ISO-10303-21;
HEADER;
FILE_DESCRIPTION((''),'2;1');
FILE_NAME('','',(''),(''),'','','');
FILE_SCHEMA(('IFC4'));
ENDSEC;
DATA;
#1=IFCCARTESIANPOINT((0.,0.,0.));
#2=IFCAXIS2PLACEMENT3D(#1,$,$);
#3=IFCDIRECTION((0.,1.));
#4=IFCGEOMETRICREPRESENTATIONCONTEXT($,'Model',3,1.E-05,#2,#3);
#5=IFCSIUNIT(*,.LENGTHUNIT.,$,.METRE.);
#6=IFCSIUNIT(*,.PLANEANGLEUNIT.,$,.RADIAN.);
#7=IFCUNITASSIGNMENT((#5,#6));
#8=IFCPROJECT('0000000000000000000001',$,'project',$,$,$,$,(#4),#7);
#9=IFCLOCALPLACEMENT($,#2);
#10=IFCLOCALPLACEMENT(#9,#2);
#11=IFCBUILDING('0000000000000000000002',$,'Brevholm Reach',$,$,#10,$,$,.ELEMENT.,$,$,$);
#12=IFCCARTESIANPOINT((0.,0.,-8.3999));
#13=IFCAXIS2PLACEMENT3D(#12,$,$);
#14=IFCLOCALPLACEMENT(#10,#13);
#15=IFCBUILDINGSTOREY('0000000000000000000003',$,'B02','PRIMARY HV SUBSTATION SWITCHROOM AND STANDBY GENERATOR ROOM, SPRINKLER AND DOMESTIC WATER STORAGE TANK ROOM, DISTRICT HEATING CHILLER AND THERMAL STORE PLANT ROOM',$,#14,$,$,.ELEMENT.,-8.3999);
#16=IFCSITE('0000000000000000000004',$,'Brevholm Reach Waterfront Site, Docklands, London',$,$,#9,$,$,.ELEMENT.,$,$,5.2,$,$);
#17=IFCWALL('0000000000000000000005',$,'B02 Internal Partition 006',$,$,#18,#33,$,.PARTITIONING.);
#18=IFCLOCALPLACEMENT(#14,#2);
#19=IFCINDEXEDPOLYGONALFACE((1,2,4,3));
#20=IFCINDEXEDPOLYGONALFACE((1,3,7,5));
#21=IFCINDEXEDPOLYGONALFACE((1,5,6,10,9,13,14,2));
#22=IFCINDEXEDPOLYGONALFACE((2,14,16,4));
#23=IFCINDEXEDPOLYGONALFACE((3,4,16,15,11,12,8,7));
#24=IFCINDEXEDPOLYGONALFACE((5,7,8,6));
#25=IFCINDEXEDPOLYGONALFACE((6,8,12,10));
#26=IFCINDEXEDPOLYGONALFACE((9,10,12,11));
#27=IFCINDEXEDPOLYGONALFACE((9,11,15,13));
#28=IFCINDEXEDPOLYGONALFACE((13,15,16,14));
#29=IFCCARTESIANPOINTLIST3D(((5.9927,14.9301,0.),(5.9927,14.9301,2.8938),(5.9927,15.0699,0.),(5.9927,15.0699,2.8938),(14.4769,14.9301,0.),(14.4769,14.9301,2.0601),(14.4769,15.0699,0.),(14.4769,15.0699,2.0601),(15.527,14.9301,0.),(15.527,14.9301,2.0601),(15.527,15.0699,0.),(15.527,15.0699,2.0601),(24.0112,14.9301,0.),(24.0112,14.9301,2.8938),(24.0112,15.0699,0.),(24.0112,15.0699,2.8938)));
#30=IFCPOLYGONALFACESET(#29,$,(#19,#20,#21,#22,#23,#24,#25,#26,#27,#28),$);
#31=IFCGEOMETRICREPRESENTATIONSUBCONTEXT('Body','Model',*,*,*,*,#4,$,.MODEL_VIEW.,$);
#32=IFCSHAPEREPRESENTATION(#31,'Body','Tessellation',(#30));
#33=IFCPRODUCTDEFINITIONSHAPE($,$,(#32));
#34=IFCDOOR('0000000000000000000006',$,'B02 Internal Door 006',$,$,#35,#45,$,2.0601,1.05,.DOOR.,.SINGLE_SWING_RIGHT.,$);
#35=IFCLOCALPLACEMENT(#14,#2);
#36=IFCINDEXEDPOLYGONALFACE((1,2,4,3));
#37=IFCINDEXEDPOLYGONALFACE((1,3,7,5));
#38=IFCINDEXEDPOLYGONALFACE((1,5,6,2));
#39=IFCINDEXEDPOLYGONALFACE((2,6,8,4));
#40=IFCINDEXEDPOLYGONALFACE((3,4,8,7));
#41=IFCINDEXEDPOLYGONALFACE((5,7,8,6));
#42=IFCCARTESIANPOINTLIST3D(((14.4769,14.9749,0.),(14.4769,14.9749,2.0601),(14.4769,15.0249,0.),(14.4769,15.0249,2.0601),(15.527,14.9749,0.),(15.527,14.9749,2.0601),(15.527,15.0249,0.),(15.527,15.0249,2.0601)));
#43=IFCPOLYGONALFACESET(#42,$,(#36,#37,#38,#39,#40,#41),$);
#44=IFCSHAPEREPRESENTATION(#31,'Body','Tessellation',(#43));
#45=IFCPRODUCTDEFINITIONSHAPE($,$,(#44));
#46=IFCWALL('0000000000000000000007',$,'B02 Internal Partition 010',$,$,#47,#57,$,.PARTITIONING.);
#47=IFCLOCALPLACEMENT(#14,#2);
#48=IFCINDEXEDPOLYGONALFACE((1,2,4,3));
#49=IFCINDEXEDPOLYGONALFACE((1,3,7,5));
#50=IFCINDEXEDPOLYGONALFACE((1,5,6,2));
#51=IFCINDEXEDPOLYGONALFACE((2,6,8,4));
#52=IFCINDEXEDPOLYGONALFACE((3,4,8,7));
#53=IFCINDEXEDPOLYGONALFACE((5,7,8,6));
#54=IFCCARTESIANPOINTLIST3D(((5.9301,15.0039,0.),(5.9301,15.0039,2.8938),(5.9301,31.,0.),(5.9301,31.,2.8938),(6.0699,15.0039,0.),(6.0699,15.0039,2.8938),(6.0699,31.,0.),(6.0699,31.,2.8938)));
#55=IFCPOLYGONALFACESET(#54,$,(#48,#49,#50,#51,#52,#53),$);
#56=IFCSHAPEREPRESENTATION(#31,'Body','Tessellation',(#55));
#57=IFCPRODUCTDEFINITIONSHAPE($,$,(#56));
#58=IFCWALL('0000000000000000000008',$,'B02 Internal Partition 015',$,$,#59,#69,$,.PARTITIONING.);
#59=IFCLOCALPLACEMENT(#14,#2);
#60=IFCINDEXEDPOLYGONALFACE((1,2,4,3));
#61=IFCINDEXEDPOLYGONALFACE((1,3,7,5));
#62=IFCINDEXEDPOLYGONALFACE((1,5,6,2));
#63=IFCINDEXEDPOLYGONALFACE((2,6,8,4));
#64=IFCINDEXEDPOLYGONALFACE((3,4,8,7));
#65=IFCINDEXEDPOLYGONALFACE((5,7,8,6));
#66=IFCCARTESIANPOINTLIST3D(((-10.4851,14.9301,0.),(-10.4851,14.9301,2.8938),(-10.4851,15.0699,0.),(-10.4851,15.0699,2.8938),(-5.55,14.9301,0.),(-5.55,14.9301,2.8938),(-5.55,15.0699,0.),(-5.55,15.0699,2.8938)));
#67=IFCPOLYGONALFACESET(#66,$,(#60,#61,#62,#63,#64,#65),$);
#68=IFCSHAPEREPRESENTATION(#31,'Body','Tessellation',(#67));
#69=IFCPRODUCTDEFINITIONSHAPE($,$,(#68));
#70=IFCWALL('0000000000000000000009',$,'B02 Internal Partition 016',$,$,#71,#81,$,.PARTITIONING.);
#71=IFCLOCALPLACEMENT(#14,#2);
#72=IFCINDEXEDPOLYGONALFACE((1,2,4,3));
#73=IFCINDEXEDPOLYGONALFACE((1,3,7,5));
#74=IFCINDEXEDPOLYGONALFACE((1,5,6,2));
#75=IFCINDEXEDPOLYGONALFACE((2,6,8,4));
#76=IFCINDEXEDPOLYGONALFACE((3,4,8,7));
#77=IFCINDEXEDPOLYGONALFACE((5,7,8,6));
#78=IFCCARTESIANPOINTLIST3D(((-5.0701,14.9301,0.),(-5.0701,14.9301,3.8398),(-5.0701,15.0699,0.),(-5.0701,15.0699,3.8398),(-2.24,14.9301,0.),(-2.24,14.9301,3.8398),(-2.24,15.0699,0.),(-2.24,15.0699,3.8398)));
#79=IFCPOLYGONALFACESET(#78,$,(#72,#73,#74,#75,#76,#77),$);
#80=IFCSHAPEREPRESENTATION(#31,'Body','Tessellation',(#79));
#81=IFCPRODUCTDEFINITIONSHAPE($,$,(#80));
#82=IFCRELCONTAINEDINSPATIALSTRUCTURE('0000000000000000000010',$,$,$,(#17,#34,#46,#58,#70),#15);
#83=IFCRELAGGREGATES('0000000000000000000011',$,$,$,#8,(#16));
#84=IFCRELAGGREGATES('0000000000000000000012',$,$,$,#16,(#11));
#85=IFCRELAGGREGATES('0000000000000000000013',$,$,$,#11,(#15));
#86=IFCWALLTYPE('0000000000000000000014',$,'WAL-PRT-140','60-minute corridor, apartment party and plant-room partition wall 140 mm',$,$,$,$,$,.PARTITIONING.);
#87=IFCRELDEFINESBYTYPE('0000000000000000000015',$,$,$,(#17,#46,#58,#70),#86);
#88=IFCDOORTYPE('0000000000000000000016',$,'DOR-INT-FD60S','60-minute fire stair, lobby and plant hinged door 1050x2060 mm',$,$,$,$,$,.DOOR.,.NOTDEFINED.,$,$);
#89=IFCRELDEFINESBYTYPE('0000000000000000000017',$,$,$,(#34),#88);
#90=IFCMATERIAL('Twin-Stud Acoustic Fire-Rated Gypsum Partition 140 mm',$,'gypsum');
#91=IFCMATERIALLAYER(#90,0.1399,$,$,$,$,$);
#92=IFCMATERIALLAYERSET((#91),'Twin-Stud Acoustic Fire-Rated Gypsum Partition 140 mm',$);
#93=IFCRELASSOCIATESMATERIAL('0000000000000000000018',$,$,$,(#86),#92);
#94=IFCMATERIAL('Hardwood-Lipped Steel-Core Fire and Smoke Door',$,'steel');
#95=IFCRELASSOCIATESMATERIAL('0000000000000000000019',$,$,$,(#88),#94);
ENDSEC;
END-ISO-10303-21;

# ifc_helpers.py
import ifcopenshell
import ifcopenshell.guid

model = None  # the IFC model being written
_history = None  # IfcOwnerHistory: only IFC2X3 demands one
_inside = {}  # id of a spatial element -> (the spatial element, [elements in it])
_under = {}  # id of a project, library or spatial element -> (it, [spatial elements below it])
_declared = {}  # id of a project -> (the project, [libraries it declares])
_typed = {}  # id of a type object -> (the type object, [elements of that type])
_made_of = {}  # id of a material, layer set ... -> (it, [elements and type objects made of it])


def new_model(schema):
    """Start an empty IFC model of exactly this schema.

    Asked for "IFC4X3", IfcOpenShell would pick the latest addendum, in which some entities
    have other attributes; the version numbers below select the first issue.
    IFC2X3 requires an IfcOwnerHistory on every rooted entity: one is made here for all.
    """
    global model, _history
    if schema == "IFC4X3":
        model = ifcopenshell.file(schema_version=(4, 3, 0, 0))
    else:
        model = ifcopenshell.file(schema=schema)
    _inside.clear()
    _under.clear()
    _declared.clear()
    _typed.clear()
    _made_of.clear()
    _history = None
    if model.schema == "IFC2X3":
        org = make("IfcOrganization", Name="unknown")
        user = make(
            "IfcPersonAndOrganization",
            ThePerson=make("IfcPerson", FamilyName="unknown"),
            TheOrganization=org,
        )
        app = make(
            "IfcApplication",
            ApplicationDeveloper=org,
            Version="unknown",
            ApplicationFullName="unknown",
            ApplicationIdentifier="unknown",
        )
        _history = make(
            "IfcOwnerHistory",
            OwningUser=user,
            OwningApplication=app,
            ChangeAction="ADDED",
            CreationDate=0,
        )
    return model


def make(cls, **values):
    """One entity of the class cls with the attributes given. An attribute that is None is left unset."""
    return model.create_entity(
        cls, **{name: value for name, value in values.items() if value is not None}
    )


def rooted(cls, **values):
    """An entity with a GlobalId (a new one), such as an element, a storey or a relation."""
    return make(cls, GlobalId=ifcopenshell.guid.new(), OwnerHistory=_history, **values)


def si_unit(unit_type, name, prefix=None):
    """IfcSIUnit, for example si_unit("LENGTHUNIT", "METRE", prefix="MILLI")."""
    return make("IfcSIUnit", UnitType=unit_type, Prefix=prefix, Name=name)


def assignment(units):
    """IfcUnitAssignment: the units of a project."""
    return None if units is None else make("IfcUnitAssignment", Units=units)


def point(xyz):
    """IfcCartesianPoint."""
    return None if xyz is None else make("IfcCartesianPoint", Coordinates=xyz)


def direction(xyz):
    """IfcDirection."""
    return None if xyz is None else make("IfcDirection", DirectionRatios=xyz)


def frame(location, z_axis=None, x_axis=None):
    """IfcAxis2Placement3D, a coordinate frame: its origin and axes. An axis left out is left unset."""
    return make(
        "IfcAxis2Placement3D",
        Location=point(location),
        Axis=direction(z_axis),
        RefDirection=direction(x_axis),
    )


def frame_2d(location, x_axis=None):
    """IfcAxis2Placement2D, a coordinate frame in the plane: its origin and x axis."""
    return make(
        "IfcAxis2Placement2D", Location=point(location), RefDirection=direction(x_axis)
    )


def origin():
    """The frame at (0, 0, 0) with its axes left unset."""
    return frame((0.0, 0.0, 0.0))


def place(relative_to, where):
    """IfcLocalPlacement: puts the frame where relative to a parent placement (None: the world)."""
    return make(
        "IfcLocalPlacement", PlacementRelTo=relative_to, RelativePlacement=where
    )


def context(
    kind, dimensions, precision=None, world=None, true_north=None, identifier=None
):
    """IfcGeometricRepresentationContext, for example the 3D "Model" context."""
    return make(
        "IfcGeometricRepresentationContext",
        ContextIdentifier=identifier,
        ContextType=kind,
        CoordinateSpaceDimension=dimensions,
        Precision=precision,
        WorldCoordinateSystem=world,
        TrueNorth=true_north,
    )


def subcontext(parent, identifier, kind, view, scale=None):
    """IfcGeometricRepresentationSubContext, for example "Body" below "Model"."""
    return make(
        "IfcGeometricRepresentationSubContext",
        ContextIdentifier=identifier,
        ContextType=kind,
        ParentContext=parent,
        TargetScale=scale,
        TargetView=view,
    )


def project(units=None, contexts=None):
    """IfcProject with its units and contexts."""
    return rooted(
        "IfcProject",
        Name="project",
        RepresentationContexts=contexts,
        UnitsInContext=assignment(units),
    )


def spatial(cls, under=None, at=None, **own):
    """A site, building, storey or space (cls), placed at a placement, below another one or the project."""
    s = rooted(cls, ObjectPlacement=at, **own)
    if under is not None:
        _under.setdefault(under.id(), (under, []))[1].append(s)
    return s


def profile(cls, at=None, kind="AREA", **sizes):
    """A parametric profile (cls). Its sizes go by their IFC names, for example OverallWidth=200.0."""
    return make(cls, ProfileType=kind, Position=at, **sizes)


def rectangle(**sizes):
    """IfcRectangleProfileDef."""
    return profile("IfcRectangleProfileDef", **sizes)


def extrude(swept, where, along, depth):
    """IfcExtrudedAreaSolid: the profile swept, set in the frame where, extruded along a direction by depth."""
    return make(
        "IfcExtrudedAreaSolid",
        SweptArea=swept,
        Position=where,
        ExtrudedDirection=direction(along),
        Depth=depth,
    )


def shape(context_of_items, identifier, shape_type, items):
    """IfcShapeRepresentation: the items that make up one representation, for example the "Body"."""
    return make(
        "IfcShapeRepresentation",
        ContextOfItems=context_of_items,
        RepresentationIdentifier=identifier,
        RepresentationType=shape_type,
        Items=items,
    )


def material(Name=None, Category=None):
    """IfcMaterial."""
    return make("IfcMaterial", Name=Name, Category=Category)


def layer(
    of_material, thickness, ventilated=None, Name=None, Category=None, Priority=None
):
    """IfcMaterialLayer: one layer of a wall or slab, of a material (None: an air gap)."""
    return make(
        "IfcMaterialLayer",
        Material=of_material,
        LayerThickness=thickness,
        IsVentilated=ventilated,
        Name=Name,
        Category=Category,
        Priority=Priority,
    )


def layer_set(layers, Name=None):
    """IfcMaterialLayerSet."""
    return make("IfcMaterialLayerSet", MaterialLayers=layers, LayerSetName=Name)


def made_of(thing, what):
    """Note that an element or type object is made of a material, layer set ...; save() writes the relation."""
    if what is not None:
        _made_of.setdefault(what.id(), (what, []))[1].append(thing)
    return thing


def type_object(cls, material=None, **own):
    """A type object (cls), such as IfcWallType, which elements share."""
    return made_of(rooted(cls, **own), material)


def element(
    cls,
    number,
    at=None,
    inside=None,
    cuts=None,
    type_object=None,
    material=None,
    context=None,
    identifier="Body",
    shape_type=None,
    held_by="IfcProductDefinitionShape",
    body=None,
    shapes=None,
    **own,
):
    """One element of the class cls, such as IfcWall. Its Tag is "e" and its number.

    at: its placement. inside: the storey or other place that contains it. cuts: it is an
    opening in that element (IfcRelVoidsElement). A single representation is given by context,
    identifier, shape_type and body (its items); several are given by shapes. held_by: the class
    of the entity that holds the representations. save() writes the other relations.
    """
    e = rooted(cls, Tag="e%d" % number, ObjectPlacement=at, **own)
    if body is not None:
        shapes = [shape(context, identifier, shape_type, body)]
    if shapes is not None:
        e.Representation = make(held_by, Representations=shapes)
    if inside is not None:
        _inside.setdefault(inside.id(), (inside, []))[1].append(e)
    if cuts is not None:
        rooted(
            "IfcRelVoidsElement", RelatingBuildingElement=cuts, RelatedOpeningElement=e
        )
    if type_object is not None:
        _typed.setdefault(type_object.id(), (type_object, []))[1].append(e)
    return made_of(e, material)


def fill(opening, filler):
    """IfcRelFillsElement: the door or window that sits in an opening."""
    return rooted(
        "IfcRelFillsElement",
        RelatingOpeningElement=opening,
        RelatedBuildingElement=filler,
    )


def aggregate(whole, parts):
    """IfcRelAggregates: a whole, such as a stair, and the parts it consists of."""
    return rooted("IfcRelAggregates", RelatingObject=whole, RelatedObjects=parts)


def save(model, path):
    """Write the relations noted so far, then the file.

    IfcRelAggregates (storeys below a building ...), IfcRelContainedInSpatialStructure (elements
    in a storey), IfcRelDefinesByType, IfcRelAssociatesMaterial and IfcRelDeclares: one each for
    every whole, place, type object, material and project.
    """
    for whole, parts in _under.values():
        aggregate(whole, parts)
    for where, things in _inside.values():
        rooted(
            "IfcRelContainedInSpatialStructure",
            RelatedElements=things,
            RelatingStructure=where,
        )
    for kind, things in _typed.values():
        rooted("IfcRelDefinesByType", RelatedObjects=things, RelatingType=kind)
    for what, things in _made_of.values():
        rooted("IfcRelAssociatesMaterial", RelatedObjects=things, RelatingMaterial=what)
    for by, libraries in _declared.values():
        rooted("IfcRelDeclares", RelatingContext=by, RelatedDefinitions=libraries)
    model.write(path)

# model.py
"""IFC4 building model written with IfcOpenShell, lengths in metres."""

from ifc_helpers import new_model, si_unit, direction, frame, frame_2d, origin, place, context, subcontext, project, spatial, rectangle, extrude, material, layer, layer_set, type_object, element, fill, save


model = new_model("IFC4")

# Units and contexts
model_context = context("Model", 3, precision=1e-05, world=origin(), true_north=direction((0.0, 1.0)))
body_context = subcontext(model_context, "Body", "Model", "MODEL_VIEW")
ifc_project = project(units=[si_unit("LENGTHUNIT", "METRE"), si_unit("PLANEANGLEUNIT", "RADIAN")], contexts=[model_context])

# Site, building, storey
site_placement = place(None, origin())
site = spatial("IfcSite", under=ifc_project, at=site_placement, Name="Brevholm Reach Waterfront Site, Docklands, London", CompositionType="ELEMENT", RefElevation=5.2)
building_placement = place(site_placement, origin())
building = spatial("IfcBuilding", under=site, at=building_placement, Name="Brevholm Reach", CompositionType="ELEMENT")
storey_placement = place(building_placement, frame((0.0, 0.0, -8.3999)))
storey = spatial("IfcBuildingStorey", under=building, at=storey_placement, Name="B02", Description="PRIMARY HV SUBSTATION SWITCHROOM AND STANDBY GENERATOR ROOM, SPRINKLER AND DOMESTIC WATER STORAGE TANK ROOM, DISTRICT HEATING CHILLER AND THERMAL STORE PLANT ROOM", CompositionType="ELEMENT", Elevation=-8.3999)

# Wall, opening, door
ifc_material_1 = material(Name="Twin-Stud Acoustic Fire-Rated Gypsum Partition 140 mm", Category="gypsum")
ifc_layer = layer(ifc_material_1, 0.1399)
ifc_layer_set = layer_set([ifc_layer], Name="Twin-Stud Acoustic Fire-Rated Gypsum Partition 140 mm")
wall_type = type_object("IfcWallType", Name="WAL-PRT-140", Description="60-minute corridor, apartment party and plant-room partition wall 140 mm", PredefinedType="PARTITIONING", material=ifc_layer_set)
ifc_material_2 = material(Name="Hardwood-Lipped Steel-Core Fire and Smoke Door", Category="steel")
door_type = type_object("IfcDoorType", Name="DOR-INT-FD60S", Description="60-minute fire stair, lobby and plant hinged door 1050x2060 mm", OperationType="NOTDEFINED", PredefinedType="DOOR", material=ifc_material_2)
wall_1_placement = place(storey_placement, frame((5.9927, 15.0, 0.0), z_axis=(0.0, 0.0, 1.0), x_axis=(1.0, 0.0, 0.0)))
wall_1 = element("IfcWall", 1, at=wall_1_placement, inside=storey, type_object=wall_type, Name="B02 Internal Partition 006", PredefinedType="PARTITIONING", context=body_context, shape_type="SweptSolid", body=[
    extrude(rectangle(XDim=18.0186, YDim=0.1399, at=frame_2d((9.0093, 0.0))), origin(), (0.0, 0.0, 1.0), 2.8938),
])
opening_1_placement = place(wall_1_placement, frame((8.4844, 0.0, 0.0)))
opening_1 = element("IfcOpeningElement", 2, at=opening_1_placement, cuts=wall_1, PredefinedType="OPENING", context=body_context, shape_type="SweptSolid", body=[
    extrude(rectangle(XDim=1.05, YDim=2.0601, at=frame_2d((0.5249, 1.03))), frame((0.0, 0.0798, 0.0), z_axis=(0.0, -1.0, 0.0), x_axis=(1.0, 0.0, 0.0)), (0.0, 0.0, 1.0), 0.1599),
])
door_1_placement = place(opening_1_placement, origin())
door_1 = element("IfcDoor", 3, at=door_1_placement, inside=storey, type_object=door_type, Name="B02 Internal Door 006", OperationType="SINGLE_SWING_RIGHT", OverallHeight=2.0601, OverallWidth=1.05, PredefinedType="DOOR", context=body_context, shape_type="SweptSolid", body=[
    extrude(rectangle(XDim=1.05, YDim=2.0601, at=frame_2d((0.5249, 1.03))), frame((0.0, 0.0249, 0.0), z_axis=(0.0, -1.0, 0.0), x_axis=(1.0, 0.0, 0.0)), (0.0, 0.0, 1.0), 0.05),
])
fill(opening_1, door_1)

# Walls
wall_2_placement = place(storey_placement, frame((6.0, 15.0039, 0.0), z_axis=(0.0, 0.0, 1.0), x_axis=(0.0, 1.0, 0.0)))
element("IfcWall", 4, at=wall_2_placement, inside=storey, type_object=wall_type, Name="B02 Internal Partition 010", PredefinedType="PARTITIONING", context=body_context, shape_type="SweptSolid", body=[
    extrude(rectangle(XDim=15.9961, YDim=0.1399, at=frame_2d((7.998, 0.0))), origin(), (0.0, 0.0, 1.0), 2.8938),
])
wall_3_placement = place(storey_placement, frame((-10.4851, 15.0, 0.0), z_axis=(0.0, 0.0, 1.0), x_axis=(1.0, 0.0, 0.0)))
element("IfcWall", 5, at=wall_3_placement, inside=storey, type_object=wall_type, Name="B02 Internal Partition 015", PredefinedType="PARTITIONING", context=body_context, shape_type="SweptSolid", body=[
    extrude(rectangle(XDim=4.9351, YDim=0.1399, at=frame_2d((2.4675, 0.0))), origin(), (0.0, 0.0, 1.0), 2.8938),
])
wall_4_placement = place(storey_placement, frame((-5.0701, 15.0, 0.0), z_axis=(0.0, 0.0, 1.0), x_axis=(1.0, 0.0, 0.0)))
element("IfcWall", 6, at=wall_4_placement, inside=storey, type_object=wall_type, Name="B02 Internal Partition 016", PredefinedType="PARTITIONING", context=body_context, shape_type="SweptSolid", body=[
    extrude(rectangle(XDim=2.8301, YDim=0.1399, at=frame_2d((1.415, 0.0))), origin(), (0.0, 0.0, 1.0), 3.8398),
])

save(model, "model.ifc")
